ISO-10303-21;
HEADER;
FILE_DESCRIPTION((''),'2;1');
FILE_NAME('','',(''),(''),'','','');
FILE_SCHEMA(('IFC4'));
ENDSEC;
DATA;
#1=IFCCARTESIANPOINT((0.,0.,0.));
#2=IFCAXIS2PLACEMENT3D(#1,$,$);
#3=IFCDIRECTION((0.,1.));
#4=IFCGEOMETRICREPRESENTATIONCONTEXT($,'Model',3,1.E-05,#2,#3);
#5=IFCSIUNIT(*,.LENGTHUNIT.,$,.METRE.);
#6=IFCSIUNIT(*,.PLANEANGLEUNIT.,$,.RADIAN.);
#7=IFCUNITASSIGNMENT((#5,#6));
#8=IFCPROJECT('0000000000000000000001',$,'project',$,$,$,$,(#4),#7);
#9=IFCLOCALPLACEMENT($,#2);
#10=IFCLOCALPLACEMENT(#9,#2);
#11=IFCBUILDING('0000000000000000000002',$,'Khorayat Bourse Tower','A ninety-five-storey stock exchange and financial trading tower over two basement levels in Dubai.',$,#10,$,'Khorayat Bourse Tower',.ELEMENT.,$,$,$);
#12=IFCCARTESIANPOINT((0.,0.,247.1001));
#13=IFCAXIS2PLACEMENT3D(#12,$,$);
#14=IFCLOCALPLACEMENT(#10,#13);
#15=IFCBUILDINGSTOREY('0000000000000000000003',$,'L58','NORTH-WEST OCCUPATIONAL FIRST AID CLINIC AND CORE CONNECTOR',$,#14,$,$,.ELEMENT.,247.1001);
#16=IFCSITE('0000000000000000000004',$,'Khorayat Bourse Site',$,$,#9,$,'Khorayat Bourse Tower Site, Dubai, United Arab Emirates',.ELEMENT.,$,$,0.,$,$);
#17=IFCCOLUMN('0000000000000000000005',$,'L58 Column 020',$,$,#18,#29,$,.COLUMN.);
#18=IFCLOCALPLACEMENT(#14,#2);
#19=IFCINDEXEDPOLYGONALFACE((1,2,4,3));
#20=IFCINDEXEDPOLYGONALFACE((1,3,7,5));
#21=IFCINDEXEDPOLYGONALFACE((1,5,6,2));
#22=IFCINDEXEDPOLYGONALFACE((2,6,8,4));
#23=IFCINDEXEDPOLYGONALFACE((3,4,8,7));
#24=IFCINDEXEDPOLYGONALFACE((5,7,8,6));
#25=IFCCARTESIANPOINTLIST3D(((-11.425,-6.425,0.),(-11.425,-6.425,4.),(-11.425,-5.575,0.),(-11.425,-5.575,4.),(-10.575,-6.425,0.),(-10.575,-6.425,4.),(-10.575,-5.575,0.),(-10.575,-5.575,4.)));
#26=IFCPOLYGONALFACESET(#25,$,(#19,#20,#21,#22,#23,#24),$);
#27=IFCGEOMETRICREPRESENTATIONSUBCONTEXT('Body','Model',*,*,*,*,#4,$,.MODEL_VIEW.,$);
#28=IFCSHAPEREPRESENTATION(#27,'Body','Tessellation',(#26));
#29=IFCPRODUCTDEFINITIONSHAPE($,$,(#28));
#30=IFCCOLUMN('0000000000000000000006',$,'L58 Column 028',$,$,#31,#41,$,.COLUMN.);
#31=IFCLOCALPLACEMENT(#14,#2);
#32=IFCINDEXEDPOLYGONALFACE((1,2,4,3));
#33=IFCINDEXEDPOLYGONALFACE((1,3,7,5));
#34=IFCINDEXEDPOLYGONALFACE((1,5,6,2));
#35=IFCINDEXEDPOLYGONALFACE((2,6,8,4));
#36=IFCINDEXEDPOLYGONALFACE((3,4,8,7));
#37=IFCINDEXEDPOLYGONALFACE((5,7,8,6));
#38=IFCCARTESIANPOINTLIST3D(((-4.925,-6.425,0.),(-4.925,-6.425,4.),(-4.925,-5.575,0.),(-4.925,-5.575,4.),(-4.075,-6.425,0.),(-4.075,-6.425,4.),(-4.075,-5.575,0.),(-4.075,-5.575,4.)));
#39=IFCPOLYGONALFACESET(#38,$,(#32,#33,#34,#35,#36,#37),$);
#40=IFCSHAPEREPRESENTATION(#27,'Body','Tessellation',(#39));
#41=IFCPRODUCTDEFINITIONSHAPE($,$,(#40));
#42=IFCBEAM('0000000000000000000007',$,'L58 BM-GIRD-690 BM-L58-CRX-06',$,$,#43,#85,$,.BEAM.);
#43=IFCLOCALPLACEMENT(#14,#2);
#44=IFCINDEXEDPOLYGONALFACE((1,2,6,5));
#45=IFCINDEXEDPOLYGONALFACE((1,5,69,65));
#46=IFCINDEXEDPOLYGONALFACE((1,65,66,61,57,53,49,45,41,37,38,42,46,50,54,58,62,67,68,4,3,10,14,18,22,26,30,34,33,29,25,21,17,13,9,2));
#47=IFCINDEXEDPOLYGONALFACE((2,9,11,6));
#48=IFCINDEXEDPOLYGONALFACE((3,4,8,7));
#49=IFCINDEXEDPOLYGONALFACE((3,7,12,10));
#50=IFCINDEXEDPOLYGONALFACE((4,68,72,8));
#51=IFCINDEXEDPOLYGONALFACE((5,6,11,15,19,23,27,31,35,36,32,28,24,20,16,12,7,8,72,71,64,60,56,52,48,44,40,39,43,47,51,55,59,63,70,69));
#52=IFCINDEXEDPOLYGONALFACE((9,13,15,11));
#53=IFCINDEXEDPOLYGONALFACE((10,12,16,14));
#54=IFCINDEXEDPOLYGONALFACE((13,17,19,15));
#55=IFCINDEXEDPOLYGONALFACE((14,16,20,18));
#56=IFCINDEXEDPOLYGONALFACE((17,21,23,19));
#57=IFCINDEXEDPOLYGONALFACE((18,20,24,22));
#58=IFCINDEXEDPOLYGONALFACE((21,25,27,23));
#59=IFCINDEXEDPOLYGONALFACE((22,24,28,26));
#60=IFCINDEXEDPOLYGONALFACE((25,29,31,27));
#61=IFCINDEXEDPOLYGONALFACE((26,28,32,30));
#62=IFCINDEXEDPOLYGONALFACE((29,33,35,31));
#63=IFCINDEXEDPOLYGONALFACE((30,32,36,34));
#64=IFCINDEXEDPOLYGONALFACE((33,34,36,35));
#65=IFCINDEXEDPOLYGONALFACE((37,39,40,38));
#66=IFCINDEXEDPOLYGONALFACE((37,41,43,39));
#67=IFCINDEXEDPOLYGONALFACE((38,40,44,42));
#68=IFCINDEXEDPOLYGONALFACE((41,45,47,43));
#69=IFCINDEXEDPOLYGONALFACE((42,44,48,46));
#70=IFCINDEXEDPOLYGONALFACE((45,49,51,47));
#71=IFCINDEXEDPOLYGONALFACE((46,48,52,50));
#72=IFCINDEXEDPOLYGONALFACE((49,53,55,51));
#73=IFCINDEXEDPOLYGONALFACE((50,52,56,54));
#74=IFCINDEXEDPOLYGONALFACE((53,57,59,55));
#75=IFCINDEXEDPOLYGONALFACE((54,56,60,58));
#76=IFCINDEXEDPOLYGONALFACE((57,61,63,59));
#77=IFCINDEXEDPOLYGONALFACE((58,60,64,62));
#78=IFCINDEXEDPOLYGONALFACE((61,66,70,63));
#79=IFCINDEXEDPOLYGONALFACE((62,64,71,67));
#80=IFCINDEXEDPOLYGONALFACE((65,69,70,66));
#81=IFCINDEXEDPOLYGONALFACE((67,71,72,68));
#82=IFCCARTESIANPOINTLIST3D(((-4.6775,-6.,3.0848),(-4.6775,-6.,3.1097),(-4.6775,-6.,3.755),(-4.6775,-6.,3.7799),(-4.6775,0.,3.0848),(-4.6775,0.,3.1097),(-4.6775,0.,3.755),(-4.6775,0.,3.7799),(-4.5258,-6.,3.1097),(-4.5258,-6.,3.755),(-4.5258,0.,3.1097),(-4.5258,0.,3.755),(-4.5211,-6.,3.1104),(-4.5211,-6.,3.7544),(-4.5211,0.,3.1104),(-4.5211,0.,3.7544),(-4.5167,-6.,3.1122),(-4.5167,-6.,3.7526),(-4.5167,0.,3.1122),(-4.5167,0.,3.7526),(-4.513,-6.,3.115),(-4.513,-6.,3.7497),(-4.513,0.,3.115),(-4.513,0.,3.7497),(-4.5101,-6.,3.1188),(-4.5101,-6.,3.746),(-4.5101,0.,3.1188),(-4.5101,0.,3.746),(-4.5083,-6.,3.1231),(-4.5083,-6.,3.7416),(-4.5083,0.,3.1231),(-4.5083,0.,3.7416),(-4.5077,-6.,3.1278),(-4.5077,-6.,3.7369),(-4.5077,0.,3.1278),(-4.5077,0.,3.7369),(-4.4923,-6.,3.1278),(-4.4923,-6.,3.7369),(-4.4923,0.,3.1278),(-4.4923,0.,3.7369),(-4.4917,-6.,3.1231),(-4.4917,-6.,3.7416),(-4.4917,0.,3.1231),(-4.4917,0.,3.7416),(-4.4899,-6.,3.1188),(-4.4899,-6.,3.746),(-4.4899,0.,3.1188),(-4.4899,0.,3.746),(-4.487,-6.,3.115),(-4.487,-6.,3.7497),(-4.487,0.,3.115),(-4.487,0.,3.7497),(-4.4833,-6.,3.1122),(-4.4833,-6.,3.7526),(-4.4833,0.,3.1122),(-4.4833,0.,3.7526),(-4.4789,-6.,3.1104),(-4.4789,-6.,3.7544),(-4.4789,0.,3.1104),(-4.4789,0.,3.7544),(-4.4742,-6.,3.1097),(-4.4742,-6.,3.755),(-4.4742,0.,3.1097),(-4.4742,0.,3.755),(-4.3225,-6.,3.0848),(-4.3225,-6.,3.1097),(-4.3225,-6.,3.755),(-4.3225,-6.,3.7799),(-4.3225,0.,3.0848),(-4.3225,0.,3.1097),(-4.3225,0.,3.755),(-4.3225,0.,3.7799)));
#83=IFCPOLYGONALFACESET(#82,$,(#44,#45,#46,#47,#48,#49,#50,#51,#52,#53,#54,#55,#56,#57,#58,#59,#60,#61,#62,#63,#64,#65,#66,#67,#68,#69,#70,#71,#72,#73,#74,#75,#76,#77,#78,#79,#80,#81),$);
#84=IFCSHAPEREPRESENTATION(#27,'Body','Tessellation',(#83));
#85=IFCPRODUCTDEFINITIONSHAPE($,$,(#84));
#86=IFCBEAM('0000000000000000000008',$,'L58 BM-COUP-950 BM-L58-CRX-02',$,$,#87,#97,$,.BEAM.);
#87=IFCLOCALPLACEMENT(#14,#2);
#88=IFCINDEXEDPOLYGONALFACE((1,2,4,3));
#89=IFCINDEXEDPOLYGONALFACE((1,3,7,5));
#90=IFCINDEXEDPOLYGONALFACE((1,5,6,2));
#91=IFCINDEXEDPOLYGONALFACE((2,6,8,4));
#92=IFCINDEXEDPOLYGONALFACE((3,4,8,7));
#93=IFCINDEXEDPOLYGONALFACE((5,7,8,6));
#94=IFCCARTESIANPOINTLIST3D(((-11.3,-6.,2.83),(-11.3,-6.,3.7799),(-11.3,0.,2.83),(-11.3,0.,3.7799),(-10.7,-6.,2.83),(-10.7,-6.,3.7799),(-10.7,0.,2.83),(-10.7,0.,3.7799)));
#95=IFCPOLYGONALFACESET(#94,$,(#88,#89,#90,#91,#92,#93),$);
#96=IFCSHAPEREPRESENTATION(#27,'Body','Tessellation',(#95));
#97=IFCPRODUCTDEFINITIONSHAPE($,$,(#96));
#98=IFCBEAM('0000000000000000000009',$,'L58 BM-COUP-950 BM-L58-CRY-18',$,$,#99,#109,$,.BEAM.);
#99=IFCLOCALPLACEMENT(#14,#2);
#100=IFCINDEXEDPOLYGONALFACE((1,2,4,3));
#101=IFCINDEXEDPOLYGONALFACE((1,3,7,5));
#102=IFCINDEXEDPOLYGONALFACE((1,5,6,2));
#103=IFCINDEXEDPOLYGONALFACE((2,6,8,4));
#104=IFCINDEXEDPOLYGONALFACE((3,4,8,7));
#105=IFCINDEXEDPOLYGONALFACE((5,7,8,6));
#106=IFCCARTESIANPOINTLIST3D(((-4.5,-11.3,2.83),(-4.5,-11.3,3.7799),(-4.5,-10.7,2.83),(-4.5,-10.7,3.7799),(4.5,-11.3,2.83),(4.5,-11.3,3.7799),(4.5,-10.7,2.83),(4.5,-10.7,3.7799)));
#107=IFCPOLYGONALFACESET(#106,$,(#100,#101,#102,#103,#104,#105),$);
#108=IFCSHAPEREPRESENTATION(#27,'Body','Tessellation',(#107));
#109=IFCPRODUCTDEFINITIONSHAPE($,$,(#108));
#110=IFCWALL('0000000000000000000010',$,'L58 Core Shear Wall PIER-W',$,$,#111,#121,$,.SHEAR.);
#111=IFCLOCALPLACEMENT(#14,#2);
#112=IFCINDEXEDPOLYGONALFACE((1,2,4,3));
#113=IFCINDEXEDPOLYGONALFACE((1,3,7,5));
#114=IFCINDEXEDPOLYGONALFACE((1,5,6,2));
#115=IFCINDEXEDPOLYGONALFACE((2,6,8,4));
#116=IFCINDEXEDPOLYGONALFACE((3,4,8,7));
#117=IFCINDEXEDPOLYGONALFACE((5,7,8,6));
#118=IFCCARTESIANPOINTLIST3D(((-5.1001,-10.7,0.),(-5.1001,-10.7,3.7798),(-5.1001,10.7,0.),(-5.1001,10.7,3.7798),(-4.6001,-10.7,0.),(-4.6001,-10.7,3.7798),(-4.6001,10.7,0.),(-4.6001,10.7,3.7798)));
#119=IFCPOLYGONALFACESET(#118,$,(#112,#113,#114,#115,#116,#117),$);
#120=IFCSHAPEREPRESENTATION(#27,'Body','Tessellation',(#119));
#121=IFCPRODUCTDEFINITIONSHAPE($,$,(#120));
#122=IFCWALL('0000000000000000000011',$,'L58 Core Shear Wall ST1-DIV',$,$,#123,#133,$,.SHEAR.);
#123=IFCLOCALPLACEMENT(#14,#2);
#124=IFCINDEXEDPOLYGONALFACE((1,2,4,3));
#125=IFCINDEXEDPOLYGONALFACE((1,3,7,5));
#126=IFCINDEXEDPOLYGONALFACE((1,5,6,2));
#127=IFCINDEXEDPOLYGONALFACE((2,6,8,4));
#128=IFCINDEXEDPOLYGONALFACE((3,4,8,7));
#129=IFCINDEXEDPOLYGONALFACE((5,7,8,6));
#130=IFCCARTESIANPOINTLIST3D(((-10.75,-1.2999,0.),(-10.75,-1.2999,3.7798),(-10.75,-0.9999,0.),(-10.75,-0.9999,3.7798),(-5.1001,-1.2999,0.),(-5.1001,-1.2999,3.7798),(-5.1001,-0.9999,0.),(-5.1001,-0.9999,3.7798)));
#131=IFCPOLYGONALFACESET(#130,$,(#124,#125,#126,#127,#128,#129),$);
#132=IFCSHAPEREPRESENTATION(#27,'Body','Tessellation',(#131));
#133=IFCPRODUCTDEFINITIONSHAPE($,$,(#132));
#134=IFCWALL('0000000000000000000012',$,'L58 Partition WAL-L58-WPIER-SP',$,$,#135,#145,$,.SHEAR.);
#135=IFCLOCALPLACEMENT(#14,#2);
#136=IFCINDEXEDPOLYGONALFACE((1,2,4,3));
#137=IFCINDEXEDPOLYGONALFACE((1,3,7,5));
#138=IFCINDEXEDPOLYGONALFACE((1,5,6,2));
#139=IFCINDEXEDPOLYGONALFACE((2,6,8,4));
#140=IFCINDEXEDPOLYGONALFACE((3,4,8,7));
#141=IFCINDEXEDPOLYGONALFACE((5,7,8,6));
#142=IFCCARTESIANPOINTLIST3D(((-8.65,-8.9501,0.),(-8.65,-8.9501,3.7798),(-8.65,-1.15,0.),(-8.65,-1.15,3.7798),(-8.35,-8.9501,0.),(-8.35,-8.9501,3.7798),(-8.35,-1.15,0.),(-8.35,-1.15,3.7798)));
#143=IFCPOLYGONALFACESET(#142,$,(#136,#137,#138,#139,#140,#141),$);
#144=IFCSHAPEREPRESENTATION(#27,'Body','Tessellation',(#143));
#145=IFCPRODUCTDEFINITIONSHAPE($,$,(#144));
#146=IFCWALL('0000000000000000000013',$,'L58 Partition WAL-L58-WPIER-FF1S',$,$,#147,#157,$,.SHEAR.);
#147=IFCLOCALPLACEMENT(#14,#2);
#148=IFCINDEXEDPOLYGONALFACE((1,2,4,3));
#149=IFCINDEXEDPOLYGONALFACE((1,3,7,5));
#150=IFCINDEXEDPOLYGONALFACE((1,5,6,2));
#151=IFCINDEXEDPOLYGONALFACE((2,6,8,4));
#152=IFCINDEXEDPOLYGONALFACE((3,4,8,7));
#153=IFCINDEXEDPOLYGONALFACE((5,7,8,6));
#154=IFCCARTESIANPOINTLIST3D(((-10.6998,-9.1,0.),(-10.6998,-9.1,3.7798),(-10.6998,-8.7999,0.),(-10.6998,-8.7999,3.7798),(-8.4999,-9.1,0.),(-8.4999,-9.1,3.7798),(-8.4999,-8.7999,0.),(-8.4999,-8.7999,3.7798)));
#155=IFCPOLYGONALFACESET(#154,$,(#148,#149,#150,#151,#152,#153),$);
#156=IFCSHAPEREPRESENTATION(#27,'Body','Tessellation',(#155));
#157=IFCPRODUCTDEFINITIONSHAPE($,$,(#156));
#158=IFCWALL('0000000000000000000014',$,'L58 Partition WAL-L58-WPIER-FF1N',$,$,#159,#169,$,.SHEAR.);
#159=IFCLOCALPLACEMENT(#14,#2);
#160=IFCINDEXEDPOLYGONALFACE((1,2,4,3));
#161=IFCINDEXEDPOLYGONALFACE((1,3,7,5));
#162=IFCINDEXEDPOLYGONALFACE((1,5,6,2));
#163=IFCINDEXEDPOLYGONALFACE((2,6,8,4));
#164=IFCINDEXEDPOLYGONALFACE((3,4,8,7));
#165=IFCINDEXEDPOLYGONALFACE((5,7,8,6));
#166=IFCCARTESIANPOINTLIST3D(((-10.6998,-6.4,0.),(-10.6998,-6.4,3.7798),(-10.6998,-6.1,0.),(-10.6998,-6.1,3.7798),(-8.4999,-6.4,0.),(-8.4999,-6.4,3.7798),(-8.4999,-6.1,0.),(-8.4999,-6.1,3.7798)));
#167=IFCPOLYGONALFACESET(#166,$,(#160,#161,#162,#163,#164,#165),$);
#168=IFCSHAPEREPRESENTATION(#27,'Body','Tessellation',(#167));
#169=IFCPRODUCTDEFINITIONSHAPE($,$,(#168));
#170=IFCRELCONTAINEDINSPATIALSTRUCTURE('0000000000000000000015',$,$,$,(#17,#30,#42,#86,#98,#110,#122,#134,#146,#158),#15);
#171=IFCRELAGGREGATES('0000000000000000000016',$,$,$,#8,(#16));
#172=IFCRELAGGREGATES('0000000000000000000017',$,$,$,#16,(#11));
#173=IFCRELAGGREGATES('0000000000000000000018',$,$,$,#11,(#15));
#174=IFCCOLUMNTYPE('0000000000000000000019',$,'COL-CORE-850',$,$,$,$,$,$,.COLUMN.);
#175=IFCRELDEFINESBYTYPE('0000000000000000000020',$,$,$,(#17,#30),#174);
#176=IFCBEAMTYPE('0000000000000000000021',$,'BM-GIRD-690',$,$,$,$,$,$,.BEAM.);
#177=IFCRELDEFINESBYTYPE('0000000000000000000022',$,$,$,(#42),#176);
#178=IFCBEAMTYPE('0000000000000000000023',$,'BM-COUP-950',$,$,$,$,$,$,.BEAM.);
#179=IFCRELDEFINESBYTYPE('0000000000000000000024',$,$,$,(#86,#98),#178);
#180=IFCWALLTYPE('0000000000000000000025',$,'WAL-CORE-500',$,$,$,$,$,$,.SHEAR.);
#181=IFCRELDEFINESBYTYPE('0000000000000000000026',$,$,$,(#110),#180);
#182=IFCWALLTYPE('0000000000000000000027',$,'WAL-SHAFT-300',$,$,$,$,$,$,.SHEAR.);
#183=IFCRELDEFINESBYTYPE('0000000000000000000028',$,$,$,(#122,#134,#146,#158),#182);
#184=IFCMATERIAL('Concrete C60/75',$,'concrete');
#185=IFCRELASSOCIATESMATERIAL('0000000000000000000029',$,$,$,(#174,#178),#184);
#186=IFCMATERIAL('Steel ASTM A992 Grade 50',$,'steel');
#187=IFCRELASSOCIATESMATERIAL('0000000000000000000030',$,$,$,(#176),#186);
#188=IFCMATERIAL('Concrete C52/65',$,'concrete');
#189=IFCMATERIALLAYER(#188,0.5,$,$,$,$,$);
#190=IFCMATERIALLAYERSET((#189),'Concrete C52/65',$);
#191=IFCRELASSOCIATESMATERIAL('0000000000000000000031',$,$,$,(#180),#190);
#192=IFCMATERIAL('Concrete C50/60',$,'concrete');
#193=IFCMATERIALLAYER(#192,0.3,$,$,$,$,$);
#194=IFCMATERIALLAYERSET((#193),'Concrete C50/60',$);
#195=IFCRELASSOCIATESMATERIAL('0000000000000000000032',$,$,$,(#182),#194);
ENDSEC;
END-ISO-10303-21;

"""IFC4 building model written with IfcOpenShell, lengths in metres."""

from ifc_helpers import new_model, si_unit, direction, frame, frame_2d, origin, origin_2d, place, context, subcontext, project, spatial, rectangle, i_section, extrude, source, transform, mapped, material, layer, layer_set, material_profile, profile_set, type_object, element, save


model = new_model("IFC4")

# Units and contexts
model_context = context("Model", 3, precision=1e-05, world=origin(), true_north=direction((0.0, 1.0)))
body_context = subcontext(model_context, "Body", "Model", "MODEL_VIEW")
ifc_project = project(units=[si_unit("LENGTHUNIT", "METRE"), si_unit("PLANEANGLEUNIT", "RADIAN")], contexts=[model_context])

# Site, building, storey
site_placement = place(None, origin())
site = spatial("IfcSite", under=ifc_project, at=site_placement, Name="Khorayat Bourse Site", LongName="Khorayat Bourse Tower Site, Dubai, United Arab Emirates", CompositionType="ELEMENT", RefElevation=0.0)
building_placement = place(site_placement, origin())
building = spatial("IfcBuilding", under=site, at=building_placement, Name="Khorayat Bourse Tower", Description="A ninety-five-storey stock exchange and financial trading tower over two basement levels in Dubai.", LongName="Khorayat Bourse Tower", CompositionType="ELEMENT")
storey_placement = place(building_placement, frame((0.0, 0.0, 247.1001)))
storey = spatial("IfcBuildingStorey", under=building, at=storey_placement, Name="L58", Description="NORTH-WEST OCCUPATIONAL FIRST AID CLINIC AND CORE CONNECTOR", CompositionType="ELEMENT", Elevation=247.1001)

# Columns
ifc_material_1 = material(Name="Concrete C60/75", Category="concrete")
ifc_material_profile_1 = material_profile(ifc_material_1, rectangle(XDim=0.8501, YDim=0.8501, at=origin_2d()), Name="RC 850x850")
ifc_profile_set_1 = profile_set([ifc_material_profile_1], Name="Concrete C60/75")
column_type = type_object("IfcColumnType", Name="COL-CORE-850", PredefinedType="COLUMN", material=ifc_profile_set_1)
shared_shape_1 = source(origin(), body_context, "Body", "SweptSolid", [
    extrude(rectangle(XDim=0.8501, YDim=0.8501, at=origin_2d()), origin(), (0.0, 0.0, 1.0), 4.0),
])
for number, where, z_axis, x_axis, name in (
    (1, (-11.0, -6.0, 0.0), (0.0, 0.0, 1.0), (1.0, 0.0, 0.0), "L58 Column 020"),
    (2, (-4.5, -6.0, 0.0), (0.0, 0.0, 1.0), (1.0, 0.0, 0.0), "L58 Column 028"),
):
    element("IfcColumn", number, at=place(storey_placement, frame(where, z_axis=z_axis, x_axis=x_axis)), inside=storey, type_object=column_type, Name=name, PredefinedType="COLUMN", context=body_context, shape_type="MappedRepresentation", body=[
        mapped(shared_shape_1, transform((0.0, 0.0, 0.0), scale=1.0)),
    ])

# Beams
ifc_material_2 = material(Name="Steel ASTM A992 Grade 50", Category="steel")
ifc_material_profile_2 = material_profile(ifc_material_2, i_section(OverallWidth=0.355, OverallDepth=0.6951, WebThickness=0.0154, FlangeThickness=0.0249, FilletRadius=0.0181, at=origin_2d()), Name="W690X217")
ifc_profile_set_2 = profile_set([ifc_material_profile_2], Name="Steel ASTM A992 Grade 50")
beam_type_1 = type_object("IfcBeamType", Name="BM-GIRD-690", PredefinedType="BEAM", material=ifc_profile_set_2)
shared_shape_2 = source(origin(), body_context, "Body", "SweptSolid", [
    extrude(i_section(OverallWidth=0.355, OverallDepth=0.6951, WebThickness=0.0154, FlangeThickness=0.0249, FilletRadius=0.0181, at=origin_2d()), origin(), (0.0, 0.0, 1.0), 6.0),
])
beam_1_placement = place(storey_placement, frame((-4.5, -6.0, 3.4324), z_axis=(0.0, 1.0, 0.0), x_axis=(-1.0, 0.0, 0.0)))
element("IfcBeam", 3, at=beam_1_placement, inside=storey, type_object=beam_type_1, Name="L58 BM-GIRD-690 BM-L58-CRX-06", PredefinedType="BEAM", context=body_context, shape_type="MappedRepresentation", body=[
    mapped(shared_shape_2, transform((0.0, 0.0, 0.0), scale=1.0)),
])
ifc_material_profile_3 = material_profile(ifc_material_1, rectangle(XDim=0.6001, YDim=0.95, at=origin_2d()), Name="RC 600x950")
ifc_profile_set_3 = profile_set([ifc_material_profile_3], Name="Concrete C60/75")
beam_type_2 = type_object("IfcBeamType", Name="BM-COUP-950", PredefinedType="BEAM", material=ifc_profile_set_3)
shared_shape_3 = source(origin(), body_context, "Body", "SweptSolid", [
    extrude(rectangle(XDim=0.6001, YDim=0.95, at=origin_2d()), origin(), (0.0, 0.0, 1.0), 6.0),
])
beam_2_placement = place(storey_placement, frame((-11.0, -6.0, 3.3049), z_axis=(0.0, 1.0, 0.0), x_axis=(-1.0, 0.0, 0.0)))
element("IfcBeam", 4, at=beam_2_placement, inside=storey, type_object=beam_type_2, Name="L58 BM-COUP-950 BM-L58-CRX-02", PredefinedType="BEAM", context=body_context, shape_type="MappedRepresentation", body=[
    mapped(shared_shape_3, transform((0.0, 0.0, 0.0), scale=1.0)),
])
shared_shape_4 = source(origin(), body_context, "Body", "SweptSolid", [
    extrude(rectangle(XDim=0.6001, YDim=0.95, at=origin_2d()), origin(), (0.0, 0.0, 1.0), 9.0),
])
beam_3_placement = place(storey_placement, frame((-4.5, -11.0, 3.3049), z_axis=(1.0, 0.0, 0.0), x_axis=(0.0, 1.0, 0.0)))
element("IfcBeam", 5, at=beam_3_placement, inside=storey, type_object=beam_type_2, Name="L58 BM-COUP-950 BM-L58-CRY-18", PredefinedType="BEAM", context=body_context, shape_type="MappedRepresentation", body=[
    mapped(shared_shape_4, transform((0.0, 0.0, 0.0), scale=1.0)),
])

# Walls
ifc_material_3 = material(Name="Concrete C52/65", Category="concrete")
ifc_layer_1 = layer(ifc_material_3, 0.5)
ifc_layer_set_1 = layer_set([ifc_layer_1], Name="Concrete C52/65")
wall_type_1 = type_object("IfcWallType", Name="WAL-CORE-500", PredefinedType="SHEAR", material=ifc_layer_set_1)
shared_shape_5 = source(origin(), body_context, "Body", "SweptSolid", [
    extrude(rectangle(XDim=21.3999, YDim=0.5, at=frame_2d((10.7, 0.0))), origin(), (0.0, 0.0, 1.0), 3.7798),
])
wall_1_placement = place(storey_placement, frame((-4.8501, -10.7, 0.0), z_axis=(0.0, 0.0, 1.0), x_axis=(0.0, 1.0, 0.0)))
element("IfcWall", 6, at=wall_1_placement, inside=storey, type_object=wall_type_1, Name="L58 Core Shear Wall PIER-W", PredefinedType="SHEAR", context=body_context, shape_type="MappedRepresentation", body=[
    mapped(shared_shape_5, transform((0.0, 0.0, 0.0), scale=1.0)),
])
ifc_material_4 = material(Name="Concrete C50/60", Category="concrete")
ifc_layer_2 = layer(ifc_material_4, 0.3)
ifc_layer_set_2 = layer_set([ifc_layer_2], Name="Concrete C50/60")
wall_type_2 = type_object("IfcWallType", Name="WAL-SHAFT-300", PredefinedType="SHEAR", material=ifc_layer_set_2)
shared_shape_6 = source(origin(), body_context, "Body", "SweptSolid", [
    extrude(rectangle(XDim=5.6499, YDim=0.3, at=frame_2d((2.825, 0.0))), origin(), (0.0, 0.0, 1.0), 3.7798),
])
wall_2_placement = place(storey_placement, frame((-10.75, -1.1499, 0.0), z_axis=(0.0, 0.0, 1.0), x_axis=(1.0, 0.0, 0.0)))
element("IfcWall", 7, at=wall_2_placement, inside=storey, type_object=wall_type_2, Name="L58 Core Shear Wall ST1-DIV", PredefinedType="SHEAR", context=body_context, shape_type="MappedRepresentation", body=[
    mapped(shared_shape_6, transform((0.0, 0.0, 0.0), scale=1.0)),
])
shared_shape_7 = source(origin(), body_context, "Body", "SweptSolid", [
    extrude(rectangle(XDim=7.8, YDim=0.3, at=frame_2d((3.8999, 0.0))), origin(), (0.0, 0.0, 1.0), 3.7798),
])
wall_3_placement = place(storey_placement, frame((-8.5, -8.95, 0.0), z_axis=(0.0, 0.0, 1.0), x_axis=(0.0, 1.0, 0.0)))
element("IfcWall", 8, at=wall_3_placement, inside=storey, type_object=wall_type_2, Name="L58 Partition WAL-L58-WPIER-SP", PredefinedType="SHEAR", context=body_context, shape_type="MappedRepresentation", body=[
    mapped(shared_shape_7, transform((0.0, 0.0, 0.0), scale=1.0)),
])
shared_shape_8 = source(origin(), body_context, "Body", "SweptSolid", [
    extrude(rectangle(XDim=2.2, YDim=0.3, at=frame_2d((1.1001, 0.0))), origin(), (0.0, 0.0, 1.0), 3.7798),
])
for number, where, z_axis, x_axis, name in (
    (9, (-10.7, -8.95, 0.0), (0.0, 0.0, 1.0), (1.0, 0.0, 0.0), "L58 Partition WAL-L58-WPIER-FF1S"),
    (10, (-10.7, -6.25, 0.0), (0.0, 0.0, 1.0), (1.0, 0.0, 0.0), "L58 Partition WAL-L58-WPIER-FF1N"),
):
    element("IfcWall", number, at=place(storey_placement, frame(where, z_axis=z_axis, x_axis=x_axis)), inside=storey, type_object=wall_type_2, Name=name, PredefinedType="SHEAR", context=body_context, shape_type="MappedRepresentation", body=[
        mapped(shared_shape_8, transform((0.0, 0.0, 0.0), scale=1.0)),
    ])

save(model, "model.ifc")
